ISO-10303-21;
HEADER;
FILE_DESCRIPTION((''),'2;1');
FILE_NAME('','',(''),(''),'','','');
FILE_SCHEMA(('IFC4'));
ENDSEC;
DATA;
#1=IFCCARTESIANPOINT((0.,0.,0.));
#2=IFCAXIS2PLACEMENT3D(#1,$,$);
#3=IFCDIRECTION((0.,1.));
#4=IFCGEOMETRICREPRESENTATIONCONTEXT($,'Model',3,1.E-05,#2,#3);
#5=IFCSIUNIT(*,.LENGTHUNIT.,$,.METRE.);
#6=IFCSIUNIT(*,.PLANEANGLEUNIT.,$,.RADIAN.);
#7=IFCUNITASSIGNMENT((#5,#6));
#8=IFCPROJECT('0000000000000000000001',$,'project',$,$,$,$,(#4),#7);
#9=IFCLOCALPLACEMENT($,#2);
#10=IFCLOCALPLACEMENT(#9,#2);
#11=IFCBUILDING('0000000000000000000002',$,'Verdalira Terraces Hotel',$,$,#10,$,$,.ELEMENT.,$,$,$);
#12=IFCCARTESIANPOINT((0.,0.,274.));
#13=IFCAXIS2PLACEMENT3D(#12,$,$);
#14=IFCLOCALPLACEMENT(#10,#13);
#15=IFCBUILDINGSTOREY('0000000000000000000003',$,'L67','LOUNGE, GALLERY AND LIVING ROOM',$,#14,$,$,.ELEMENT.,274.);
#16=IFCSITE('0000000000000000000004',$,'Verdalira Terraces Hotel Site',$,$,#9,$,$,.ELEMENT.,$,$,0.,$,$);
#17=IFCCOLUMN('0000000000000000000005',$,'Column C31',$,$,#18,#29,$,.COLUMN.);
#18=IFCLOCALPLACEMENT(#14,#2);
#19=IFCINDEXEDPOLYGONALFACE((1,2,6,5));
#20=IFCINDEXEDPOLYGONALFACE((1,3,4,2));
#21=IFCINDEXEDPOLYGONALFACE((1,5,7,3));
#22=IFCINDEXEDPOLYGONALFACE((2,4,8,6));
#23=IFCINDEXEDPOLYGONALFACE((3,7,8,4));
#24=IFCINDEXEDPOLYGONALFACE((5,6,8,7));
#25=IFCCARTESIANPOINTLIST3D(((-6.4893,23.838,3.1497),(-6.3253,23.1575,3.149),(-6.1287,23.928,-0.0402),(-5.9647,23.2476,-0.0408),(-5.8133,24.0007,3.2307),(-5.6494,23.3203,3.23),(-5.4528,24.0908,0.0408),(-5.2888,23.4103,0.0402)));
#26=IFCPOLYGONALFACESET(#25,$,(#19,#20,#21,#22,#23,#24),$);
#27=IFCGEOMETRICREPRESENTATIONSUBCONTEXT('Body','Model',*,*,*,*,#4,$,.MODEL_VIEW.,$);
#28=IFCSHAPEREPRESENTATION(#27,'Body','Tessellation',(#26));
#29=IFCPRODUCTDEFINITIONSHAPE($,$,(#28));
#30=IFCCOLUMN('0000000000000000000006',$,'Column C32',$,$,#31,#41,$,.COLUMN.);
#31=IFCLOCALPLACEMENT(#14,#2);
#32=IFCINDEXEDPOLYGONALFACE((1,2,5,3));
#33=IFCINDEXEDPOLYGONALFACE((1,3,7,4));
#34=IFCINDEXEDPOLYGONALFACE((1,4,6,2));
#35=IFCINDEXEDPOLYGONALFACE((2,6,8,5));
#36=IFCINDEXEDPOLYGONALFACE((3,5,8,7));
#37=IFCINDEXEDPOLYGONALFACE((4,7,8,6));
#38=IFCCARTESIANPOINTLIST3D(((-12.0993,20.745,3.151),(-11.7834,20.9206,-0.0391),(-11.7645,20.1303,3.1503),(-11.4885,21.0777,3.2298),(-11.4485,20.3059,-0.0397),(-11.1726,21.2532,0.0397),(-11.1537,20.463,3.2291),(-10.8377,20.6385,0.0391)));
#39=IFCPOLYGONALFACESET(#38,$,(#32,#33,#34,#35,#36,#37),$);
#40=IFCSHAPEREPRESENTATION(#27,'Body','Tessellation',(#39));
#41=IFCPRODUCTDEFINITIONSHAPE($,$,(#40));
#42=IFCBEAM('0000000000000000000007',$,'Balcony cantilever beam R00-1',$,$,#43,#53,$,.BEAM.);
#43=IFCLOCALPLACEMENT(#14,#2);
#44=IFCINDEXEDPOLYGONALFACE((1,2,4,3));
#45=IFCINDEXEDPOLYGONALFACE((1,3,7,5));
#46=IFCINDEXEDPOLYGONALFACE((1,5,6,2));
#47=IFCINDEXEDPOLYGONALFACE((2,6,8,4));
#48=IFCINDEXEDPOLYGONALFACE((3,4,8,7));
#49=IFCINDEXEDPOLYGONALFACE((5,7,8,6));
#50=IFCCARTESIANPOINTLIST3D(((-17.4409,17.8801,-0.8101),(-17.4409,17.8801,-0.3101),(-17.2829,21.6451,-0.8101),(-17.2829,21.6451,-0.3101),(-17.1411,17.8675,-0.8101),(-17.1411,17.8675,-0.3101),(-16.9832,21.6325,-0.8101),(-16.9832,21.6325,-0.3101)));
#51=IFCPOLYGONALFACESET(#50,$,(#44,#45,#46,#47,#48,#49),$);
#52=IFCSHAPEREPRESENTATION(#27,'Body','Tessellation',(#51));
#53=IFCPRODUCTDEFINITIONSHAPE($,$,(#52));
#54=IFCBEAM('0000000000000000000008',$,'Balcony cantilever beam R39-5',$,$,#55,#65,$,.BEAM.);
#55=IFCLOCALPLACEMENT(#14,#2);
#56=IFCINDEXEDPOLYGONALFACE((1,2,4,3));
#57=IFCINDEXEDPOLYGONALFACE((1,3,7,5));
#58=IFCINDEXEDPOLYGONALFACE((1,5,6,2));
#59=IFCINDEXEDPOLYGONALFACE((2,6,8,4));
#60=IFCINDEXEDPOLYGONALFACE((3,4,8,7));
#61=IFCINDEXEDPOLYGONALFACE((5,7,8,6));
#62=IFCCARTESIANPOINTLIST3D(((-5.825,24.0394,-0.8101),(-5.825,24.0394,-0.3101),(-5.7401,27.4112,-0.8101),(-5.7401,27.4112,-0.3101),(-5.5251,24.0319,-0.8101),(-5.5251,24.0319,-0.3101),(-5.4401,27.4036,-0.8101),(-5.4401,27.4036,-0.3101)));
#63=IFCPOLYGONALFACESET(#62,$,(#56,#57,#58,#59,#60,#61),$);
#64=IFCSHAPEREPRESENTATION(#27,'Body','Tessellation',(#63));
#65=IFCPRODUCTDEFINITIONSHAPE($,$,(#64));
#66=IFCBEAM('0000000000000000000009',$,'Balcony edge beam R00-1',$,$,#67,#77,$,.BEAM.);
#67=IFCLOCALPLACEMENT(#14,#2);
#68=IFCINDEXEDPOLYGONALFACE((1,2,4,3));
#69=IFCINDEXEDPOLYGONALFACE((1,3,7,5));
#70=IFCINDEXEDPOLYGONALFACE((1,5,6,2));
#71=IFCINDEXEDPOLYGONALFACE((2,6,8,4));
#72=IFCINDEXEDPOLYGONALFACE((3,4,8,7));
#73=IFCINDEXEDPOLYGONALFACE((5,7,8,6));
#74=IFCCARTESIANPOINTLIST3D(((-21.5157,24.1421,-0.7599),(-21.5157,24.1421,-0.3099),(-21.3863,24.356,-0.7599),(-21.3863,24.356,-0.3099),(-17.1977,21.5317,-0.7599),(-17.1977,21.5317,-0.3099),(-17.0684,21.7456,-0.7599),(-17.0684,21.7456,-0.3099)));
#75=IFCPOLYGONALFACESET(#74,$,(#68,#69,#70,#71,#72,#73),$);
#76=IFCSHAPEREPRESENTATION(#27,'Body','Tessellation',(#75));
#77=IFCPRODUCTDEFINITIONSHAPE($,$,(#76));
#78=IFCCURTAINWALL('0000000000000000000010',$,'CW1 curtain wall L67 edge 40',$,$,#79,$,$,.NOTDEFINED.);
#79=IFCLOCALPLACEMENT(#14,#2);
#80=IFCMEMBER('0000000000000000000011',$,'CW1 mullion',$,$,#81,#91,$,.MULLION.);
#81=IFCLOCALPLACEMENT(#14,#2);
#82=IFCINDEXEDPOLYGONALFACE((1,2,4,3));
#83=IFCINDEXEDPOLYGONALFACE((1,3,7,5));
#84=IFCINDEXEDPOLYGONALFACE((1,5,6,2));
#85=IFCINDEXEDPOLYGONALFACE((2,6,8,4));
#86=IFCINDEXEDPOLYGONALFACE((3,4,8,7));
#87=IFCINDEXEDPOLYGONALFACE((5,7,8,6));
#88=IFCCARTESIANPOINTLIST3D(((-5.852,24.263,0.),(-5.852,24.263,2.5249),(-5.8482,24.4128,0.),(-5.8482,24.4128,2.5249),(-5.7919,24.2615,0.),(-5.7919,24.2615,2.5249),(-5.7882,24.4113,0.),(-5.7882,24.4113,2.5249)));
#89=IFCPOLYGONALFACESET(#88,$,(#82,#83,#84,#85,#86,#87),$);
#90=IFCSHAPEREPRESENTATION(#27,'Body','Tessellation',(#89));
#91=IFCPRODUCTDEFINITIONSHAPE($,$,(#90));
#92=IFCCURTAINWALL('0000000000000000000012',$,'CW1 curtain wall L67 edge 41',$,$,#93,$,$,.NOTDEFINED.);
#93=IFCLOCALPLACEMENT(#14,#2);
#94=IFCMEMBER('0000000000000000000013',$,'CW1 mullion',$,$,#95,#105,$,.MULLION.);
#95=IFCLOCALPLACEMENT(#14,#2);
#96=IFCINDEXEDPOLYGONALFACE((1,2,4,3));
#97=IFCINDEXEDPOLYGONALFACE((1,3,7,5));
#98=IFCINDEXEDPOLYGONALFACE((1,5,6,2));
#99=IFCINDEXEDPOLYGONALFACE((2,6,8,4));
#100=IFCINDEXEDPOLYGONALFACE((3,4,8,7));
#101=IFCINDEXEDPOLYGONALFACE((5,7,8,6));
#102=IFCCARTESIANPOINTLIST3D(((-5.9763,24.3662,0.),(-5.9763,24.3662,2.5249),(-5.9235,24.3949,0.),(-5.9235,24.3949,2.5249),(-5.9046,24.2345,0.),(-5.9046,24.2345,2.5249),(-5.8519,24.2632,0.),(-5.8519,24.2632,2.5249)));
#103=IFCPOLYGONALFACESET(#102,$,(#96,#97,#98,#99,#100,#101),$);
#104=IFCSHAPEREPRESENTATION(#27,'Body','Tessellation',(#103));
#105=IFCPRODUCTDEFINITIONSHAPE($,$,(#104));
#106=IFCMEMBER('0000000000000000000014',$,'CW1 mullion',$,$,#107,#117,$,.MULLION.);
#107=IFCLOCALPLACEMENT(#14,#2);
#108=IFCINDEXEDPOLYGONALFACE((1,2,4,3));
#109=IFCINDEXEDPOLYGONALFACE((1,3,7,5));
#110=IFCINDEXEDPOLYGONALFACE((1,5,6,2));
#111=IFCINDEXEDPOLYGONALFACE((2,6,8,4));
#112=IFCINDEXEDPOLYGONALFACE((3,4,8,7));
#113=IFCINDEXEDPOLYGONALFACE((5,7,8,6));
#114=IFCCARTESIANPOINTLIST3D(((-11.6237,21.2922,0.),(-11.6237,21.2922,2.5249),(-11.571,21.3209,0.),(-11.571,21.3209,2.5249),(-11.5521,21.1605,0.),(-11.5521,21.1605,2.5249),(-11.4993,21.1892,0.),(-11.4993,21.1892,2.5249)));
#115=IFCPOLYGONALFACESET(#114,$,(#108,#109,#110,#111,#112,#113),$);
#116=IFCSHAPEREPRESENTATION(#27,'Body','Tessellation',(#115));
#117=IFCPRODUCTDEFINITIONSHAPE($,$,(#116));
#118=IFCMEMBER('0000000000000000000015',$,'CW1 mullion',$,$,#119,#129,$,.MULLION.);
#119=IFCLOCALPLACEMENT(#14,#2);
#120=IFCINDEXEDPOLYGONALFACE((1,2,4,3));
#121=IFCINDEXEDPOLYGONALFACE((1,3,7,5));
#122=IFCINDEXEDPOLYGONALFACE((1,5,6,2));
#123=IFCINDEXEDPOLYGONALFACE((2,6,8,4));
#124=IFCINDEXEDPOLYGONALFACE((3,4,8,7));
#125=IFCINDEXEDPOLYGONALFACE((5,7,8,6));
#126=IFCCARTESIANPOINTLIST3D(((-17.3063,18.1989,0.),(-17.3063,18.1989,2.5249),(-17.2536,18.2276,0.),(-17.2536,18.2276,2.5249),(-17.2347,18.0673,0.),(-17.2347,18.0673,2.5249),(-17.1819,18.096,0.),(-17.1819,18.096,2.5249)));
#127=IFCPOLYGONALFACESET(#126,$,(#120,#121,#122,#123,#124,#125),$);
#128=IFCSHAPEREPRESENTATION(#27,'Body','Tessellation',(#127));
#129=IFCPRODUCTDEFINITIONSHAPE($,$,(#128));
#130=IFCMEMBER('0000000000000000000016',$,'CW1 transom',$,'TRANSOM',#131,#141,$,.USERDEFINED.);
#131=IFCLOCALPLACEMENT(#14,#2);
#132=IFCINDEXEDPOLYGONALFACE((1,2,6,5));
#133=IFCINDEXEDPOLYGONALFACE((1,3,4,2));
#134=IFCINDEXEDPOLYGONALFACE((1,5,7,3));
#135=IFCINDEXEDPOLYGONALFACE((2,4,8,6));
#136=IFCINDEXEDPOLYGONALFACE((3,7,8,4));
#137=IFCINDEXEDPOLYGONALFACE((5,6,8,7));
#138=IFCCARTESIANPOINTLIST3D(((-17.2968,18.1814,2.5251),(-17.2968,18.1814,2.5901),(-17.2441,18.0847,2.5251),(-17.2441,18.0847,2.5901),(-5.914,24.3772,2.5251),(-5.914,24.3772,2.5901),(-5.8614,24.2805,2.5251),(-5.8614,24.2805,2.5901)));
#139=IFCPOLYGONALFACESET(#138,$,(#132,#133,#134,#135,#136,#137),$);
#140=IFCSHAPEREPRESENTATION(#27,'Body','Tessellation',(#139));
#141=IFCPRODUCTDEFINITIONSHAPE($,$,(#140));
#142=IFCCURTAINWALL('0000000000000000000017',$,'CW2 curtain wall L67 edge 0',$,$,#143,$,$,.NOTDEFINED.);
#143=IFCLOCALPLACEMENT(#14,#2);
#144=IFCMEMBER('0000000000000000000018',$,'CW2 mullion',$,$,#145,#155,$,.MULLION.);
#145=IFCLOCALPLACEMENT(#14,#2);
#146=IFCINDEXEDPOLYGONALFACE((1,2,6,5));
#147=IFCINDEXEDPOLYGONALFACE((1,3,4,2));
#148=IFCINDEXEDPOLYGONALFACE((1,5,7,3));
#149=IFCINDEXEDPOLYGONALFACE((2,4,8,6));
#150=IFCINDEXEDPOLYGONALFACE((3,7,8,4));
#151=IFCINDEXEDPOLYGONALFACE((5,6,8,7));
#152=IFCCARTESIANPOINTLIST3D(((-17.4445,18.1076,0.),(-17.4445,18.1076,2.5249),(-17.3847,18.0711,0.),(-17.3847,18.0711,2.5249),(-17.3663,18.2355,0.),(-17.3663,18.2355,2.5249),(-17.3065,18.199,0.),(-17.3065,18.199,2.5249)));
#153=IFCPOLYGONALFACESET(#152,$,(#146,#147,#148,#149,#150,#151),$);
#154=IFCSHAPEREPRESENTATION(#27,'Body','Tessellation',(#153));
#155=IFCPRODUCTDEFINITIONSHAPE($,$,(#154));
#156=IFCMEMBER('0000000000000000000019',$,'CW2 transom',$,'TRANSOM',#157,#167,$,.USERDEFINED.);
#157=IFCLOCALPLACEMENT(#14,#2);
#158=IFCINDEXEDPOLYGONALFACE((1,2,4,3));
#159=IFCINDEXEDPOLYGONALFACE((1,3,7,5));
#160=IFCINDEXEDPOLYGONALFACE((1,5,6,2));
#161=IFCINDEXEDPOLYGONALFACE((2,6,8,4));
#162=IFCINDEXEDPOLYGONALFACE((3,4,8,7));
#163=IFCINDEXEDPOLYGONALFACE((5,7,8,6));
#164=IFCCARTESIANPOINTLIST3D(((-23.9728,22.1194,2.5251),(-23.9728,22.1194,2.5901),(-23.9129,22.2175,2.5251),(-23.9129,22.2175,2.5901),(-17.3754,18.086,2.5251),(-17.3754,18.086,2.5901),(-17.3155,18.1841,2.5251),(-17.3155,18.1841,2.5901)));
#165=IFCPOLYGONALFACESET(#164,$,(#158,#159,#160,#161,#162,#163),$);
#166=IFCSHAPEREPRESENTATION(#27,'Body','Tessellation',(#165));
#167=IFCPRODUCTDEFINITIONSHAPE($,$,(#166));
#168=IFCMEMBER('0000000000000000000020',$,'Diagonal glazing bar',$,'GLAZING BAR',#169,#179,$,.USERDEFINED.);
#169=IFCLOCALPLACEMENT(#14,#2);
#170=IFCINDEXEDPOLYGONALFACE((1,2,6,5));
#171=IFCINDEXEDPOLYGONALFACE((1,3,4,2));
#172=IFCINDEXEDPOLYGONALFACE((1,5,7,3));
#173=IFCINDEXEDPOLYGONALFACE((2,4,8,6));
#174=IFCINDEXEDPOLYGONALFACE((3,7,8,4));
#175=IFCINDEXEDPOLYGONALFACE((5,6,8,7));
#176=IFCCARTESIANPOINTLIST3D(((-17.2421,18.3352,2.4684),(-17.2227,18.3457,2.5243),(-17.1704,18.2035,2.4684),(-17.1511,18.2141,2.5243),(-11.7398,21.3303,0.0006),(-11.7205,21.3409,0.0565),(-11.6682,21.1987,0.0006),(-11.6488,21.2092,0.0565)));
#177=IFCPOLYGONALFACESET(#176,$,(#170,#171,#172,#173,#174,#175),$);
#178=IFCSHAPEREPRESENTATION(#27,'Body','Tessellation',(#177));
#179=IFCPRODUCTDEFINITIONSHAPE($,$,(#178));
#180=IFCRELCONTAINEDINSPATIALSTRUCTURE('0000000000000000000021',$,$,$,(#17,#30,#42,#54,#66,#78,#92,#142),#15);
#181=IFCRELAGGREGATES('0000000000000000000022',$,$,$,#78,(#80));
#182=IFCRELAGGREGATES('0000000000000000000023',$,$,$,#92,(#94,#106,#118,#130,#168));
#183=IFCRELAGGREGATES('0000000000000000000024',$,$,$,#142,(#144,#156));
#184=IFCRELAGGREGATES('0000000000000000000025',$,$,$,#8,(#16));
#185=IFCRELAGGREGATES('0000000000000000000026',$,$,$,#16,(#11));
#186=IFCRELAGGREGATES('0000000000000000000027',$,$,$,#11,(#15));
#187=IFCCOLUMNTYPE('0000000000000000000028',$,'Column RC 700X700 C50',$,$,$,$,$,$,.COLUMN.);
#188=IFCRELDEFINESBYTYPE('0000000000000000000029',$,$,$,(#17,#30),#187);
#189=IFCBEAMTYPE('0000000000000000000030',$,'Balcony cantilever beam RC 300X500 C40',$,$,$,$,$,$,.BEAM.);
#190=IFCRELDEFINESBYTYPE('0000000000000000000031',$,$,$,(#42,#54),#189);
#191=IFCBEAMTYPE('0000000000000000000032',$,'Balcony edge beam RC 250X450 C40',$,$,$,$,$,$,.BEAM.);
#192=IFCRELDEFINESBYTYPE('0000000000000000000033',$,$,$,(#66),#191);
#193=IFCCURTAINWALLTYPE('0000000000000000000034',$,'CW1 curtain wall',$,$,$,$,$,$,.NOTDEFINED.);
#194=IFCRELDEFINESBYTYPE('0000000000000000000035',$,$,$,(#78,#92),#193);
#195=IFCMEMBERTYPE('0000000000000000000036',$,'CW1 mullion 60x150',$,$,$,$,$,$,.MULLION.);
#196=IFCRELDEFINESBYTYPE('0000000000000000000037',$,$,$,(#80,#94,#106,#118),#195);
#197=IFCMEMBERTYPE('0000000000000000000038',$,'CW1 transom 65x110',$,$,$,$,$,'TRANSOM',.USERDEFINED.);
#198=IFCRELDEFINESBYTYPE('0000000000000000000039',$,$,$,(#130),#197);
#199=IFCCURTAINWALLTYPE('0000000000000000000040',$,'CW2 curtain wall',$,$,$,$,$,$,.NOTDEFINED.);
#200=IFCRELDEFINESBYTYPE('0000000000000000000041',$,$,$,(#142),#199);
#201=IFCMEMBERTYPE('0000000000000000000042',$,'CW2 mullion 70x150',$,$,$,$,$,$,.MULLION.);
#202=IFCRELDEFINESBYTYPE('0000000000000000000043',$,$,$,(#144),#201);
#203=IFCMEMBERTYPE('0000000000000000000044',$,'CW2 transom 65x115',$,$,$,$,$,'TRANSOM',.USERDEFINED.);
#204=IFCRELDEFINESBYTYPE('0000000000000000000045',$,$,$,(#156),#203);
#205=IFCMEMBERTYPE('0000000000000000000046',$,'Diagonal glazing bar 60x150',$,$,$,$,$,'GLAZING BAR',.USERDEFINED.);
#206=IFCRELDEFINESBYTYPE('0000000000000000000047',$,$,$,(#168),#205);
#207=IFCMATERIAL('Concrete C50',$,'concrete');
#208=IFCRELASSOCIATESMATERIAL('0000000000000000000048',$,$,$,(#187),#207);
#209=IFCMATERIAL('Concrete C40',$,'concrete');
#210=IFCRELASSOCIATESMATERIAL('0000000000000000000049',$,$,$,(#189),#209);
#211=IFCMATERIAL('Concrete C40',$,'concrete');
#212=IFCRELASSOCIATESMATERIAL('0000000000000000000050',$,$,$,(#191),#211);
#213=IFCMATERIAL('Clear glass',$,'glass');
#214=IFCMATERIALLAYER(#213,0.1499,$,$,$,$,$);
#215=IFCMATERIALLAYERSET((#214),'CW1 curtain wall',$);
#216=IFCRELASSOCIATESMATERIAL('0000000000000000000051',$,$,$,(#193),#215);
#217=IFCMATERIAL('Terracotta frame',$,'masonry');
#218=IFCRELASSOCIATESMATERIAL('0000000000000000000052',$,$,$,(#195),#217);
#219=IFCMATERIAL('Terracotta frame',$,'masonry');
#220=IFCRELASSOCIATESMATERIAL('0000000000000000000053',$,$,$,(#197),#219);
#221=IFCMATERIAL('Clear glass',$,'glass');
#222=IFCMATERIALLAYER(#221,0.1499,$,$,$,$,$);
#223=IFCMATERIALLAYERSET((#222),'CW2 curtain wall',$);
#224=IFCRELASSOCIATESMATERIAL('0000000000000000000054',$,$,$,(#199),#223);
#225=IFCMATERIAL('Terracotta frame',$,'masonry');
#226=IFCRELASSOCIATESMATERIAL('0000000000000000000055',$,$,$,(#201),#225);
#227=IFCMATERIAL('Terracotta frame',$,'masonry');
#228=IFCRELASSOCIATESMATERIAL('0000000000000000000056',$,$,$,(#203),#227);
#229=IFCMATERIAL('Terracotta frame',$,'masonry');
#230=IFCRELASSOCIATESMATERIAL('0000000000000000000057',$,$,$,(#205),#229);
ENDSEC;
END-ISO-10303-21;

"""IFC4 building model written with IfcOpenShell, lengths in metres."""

from ifc_helpers import new_model, si_unit, direction, frame, origin, origin_2d, place, context, subcontext, project, spatial, rectangle, extrude, material, layer, layer_set, material_profile, profile_set, type_object, element, aggregate, save


model = new_model("IFC4")

# Units and contexts
model_context = context("Model", 3, precision=1e-05, world=origin(), true_north=direction((0.0, 1.0)))
body_context = subcontext(model_context, "Body", "Model", "MODEL_VIEW")
ifc_project = project(units=[si_unit("LENGTHUNIT", "METRE"), si_unit("PLANEANGLEUNIT", "RADIAN")], contexts=[model_context])

# Site, building, storey
site_placement = place(None, origin())
site = spatial("IfcSite", under=ifc_project, at=site_placement, Name="Verdalira Terraces Hotel Site", CompositionType="ELEMENT", RefElevation=0.0)
building_placement = place(site_placement, origin())
building = spatial("IfcBuilding", under=site, at=building_placement, Name="Verdalira Terraces Hotel", CompositionType="ELEMENT")
storey_placement = place(building_placement, frame((0.0, 0.0, 274.0)))
storey = spatial("IfcBuildingStorey", under=building, at=storey_placement, Name="L67", Description="LOUNGE, GALLERY AND LIVING ROOM", CompositionType="ELEMENT", Elevation=274.0)

# Columns
ifc_material_1 = material(Name="Concrete C50", Category="concrete")
ifc_material_profile_1 = material_profile(ifc_material_1, rectangle(XDim=0.7, YDim=0.7, at=origin_2d()), Name="RC 700X700")
ifc_profile_set_1 = profile_set([ifc_material_profile_1], Name="Concrete C50")
column_type = type_object("IfcColumnType", Name="Column RC 700X700 C50", PredefinedType="COLUMN", material=ifc_profile_set_1)
column_1_placement = place(storey_placement, frame((-5.7087, 23.6692, 0.0), z_axis=(-0.112282, -0.028051, 0.99328), x_axis=(0.965672, 0.232562, 0.115729)))
element("IfcColumn", 1, at=column_1_placement, inside=storey, type_object=column_type, Name="Column C31", PredefinedType="COLUMN", context=body_context, shape_type="SweptSolid", body=[
    extrude(rectangle(XDim=0.7, YDim=0.7, at=origin_2d()), origin(), (0.0, 0.0, 1.0), 3.2114),
])
column_2_placement = place(storey_placement, frame((-11.3105, 20.7795, 0.0), z_axis=(-0.098406, -0.054679, 0.993643), x_axis=(-0.872633, -0.475225, -0.112573)))
element("IfcColumn", 2, at=column_2_placement, inside=storey, type_object=column_type, Name="Column C32", PredefinedType="COLUMN", context=body_context, shape_type="SweptSolid", body=[
    extrude(rectangle(XDim=0.7, YDim=0.7, at=origin_2d()), origin(), (0.0, 0.0, 1.0), 3.2104),
])

# Beams
ifc_material_2 = material(Name="Concrete C40", Category="concrete")
ifc_material_profile_2 = material_profile(ifc_material_2, rectangle(XDim=0.3, YDim=0.5, at=origin_2d()), Name="RC 300X500")
ifc_profile_set_2 = profile_set([ifc_material_profile_2], Name="Concrete C40")
beam_type_1 = type_object("IfcBeamType", Name="Balcony cantilever beam RC 300X500 C40", PredefinedType="BEAM", material=ifc_profile_set_2)
beam_1_placement = place(storey_placement, frame((-17.291, 17.8738, -0.5601), z_axis=(0.041919, 0.999121, 0.0), x_axis=(-0.999121, 0.041919, 0.0)))
element("IfcBeam", 3, at=beam_1_placement, inside=storey, type_object=beam_type_1, Name="Balcony cantilever beam R00-1", PredefinedType="BEAM", context=body_context, shape_type="SweptSolid", body=[
    extrude(rectangle(XDim=0.3, YDim=0.5, at=origin_2d()), origin(), (0.0, 0.0, 1.0), 3.7683),
])
beam_2_placement = place(storey_placement, frame((-5.675, 24.0356, -0.5601), z_axis=(0.025189, 0.999683, 0.0), x_axis=(-0.999683, 0.025189, 0.0)))
element("IfcBeam", 4, at=beam_2_placement, inside=storey, type_object=beam_type_1, Name="Balcony cantilever beam R39-5", PredefinedType="BEAM", context=body_context, shape_type="SweptSolid", body=[
    extrude(rectangle(XDim=0.3, YDim=0.5, at=origin_2d()), origin(), (0.0, 0.0, 1.0), 3.3728),
])
ifc_material_3 = material(Name="Concrete C40", Category="concrete")
ifc_material_profile_3 = material_profile(ifc_material_3, rectangle(XDim=0.25, YDim=0.45, at=origin_2d()), Name="RC 250X450")
ifc_profile_set_3 = profile_set([ifc_material_profile_3], Name="Concrete C40")
beam_type_2 = type_object("IfcBeamType", Name="Balcony edge beam RC 250X450 C40", PredefinedType="BEAM", material=ifc_profile_set_3)
beam_3_placement = place(storey_placement, frame((-17.1331, 21.6387, -0.5349), z_axis=(-0.855772, 0.517353, 0.0), x_axis=(-0.517353, -0.855772, 0.0)))
element("IfcBeam", 5, at=beam_3_placement, inside=storey, type_object=beam_type_2, Name="Balcony edge beam R00-1", PredefinedType="BEAM", context=body_context, shape_type="SweptSolid", body=[
    extrude(rectangle(XDim=0.25, YDim=0.45, at=origin_2d()), origin(), (0.0, 0.0, 1.0), 5.0457),
])

# Curtain wall, member
ifc_material_4 = material(Name="Clear glass", Category="glass")
ifc_layer_1 = layer(ifc_material_4, 0.1499)
ifc_layer_set_1 = layer_set([ifc_layer_1], Name="CW1 curtain wall")
curtain_wall_type_1 = type_object("IfcCurtainWallType", Name="CW1 curtain wall", PredefinedType="NOTDEFINED", material=ifc_layer_set_1)
curtain_wall_1_placement = place(storey_placement, origin())
curtain_wall_1 = element("IfcCurtainWall", 6, at=curtain_wall_1_placement, inside=storey, type_object=curtain_wall_type_1, Name="CW1 curtain wall L67 edge 40", PredefinedType="NOTDEFINED")
ifc_material_5 = material(Name="Terracotta frame", Category="masonry")
ifc_material_profile_4 = material_profile(ifc_material_5, rectangle(XDim=0.0601, YDim=0.1499, at=origin_2d()), Name="MU 60x150")
ifc_profile_set_4 = profile_set([ifc_material_profile_4], Name="Terracotta frame")
member_type_1 = type_object("IfcMemberType", Name="CW1 mullion 60x150", PredefinedType="MULLION", material=ifc_profile_set_4)
member_1_placement = place(storey_placement, frame((-5.8201, 24.3372, 0.0), z_axis=(0.0, 0.0, 1.0), x_axis=(-0.999684, 0.02513, 0.0)))
member_1 = element("IfcMember", 7, at=member_1_placement, type_object=member_type_1, Name="CW1 mullion", PredefinedType="MULLION", context=body_context, shape_type="SweptSolid", body=[
    extrude(rectangle(XDim=0.0601, YDim=0.1499, at=origin_2d()), origin(), (0.0, 0.0, 1.0), 2.5249),
])
aggregate(curtain_wall_1, [member_1])

# Curtain walls, members
curtain_wall_2_placement = place(storey_placement, origin())
curtain_wall_2 = element("IfcCurtainWall", 8, at=curtain_wall_2_placement, inside=storey, type_object=curtain_wall_type_1, Name="CW1 curtain wall L67 edge 41", PredefinedType="NOTDEFINED")
member_2_placement = place(storey_placement, frame((-5.9141, 24.3147, 0.0), z_axis=(0.0, 0.0, 1.0), x_axis=(-0.878317, -0.478079, 0.0)))
member_2 = element("IfcMember", 9, at=member_2_placement, type_object=member_type_1, Name="CW1 mullion", PredefinedType="MULLION", context=body_context, shape_type="SweptSolid", body=[
    extrude(rectangle(XDim=0.0601, YDim=0.1499, at=origin_2d()), origin(), (0.0, 0.0, 1.0), 2.5249),
])
member_3_placement = place(storey_placement, frame((-11.5615, 21.2407, 0.0), z_axis=(0.0, 0.0, 1.0), x_axis=(-0.878317, -0.478079, 0.0)))
member_3 = element("IfcMember", 10, at=member_3_placement, type_object=member_type_1, Name="CW1 mullion", PredefinedType="MULLION", context=body_context, shape_type="SweptSolid", body=[
    extrude(rectangle(XDim=0.0601, YDim=0.1499, at=origin_2d()), origin(), (0.0, 0.0, 1.0), 2.5249),
])
member_4_placement = place(storey_placement, frame((-17.2441, 18.1475, 0.0), z_axis=(0.0, 0.0, 1.0), x_axis=(-0.878317, -0.478079, 0.0)))
member_4 = element("IfcMember", 11, at=member_4_placement, type_object=member_type_1, Name="CW1 mullion", PredefinedType="MULLION", context=body_context, shape_type="SweptSolid", body=[
    extrude(rectangle(XDim=0.0601, YDim=0.1499, at=origin_2d()), origin(), (0.0, 0.0, 1.0), 2.5249),
])
ifc_material_6 = material(Name="Terracotta frame", Category="masonry")
ifc_material_profile_5 = material_profile(ifc_material_6, rectangle(XDim=0.1101, YDim=0.0649, at=origin_2d()), Name="TR 65x110")
ifc_profile_set_5 = profile_set([ifc_material_profile_5], Name="Terracotta frame")
member_type_2 = type_object("IfcMemberType", Name="CW1 transom 65x110", ElementType="TRANSOM", PredefinedType="USERDEFINED", material=ifc_profile_set_5)
member_5_placement = place(storey_placement, frame((-5.8877, 24.3289, 2.5576), z_axis=(-0.878317, -0.478078, 0.0), x_axis=(0.478078, -0.878317, 0.0)))
member_5 = element("IfcMember", 12, at=member_5_placement, type_object=member_type_2, Name="CW1 transom", ObjectType="TRANSOM", PredefinedType="USERDEFINED", context=body_context, shape_type="SweptSolid", body=[
    extrude(rectangle(XDim=0.1101, YDim=0.0649, at=origin_2d()), origin(), (0.0, 0.0, 1.0), 12.9597),
])
ifc_material_7 = material(Name="Clear glass", Category="glass")
ifc_layer_2 = layer(ifc_material_7, 0.1499)
ifc_layer_set_2 = layer_set([ifc_layer_2], Name="CW2 curtain wall")
curtain_wall_type_2 = type_object("IfcCurtainWallType", Name="CW2 curtain wall", PredefinedType="NOTDEFINED", material=ifc_layer_set_2)
curtain_wall_3_placement = place(storey_placement, origin())
curtain_wall_3 = element("IfcCurtainWall", 13, at=curtain_wall_3_placement, inside=storey, type_object=curtain_wall_type_2, Name="CW2 curtain wall L67 edge 0", PredefinedType="NOTDEFINED")
ifc_material_8 = material(Name="Terracotta frame", Category="masonry")
ifc_material_profile_6 = material_profile(ifc_material_8, rectangle(XDim=0.0701, YDim=0.1499, at=origin_2d()), Name="MU 70x150")
ifc_profile_set_6 = profile_set([ifc_material_profile_6], Name="Terracotta frame")
member_type_3 = type_object("IfcMemberType", Name="CW2 mullion 70x150", PredefinedType="MULLION", material=ifc_profile_set_6)
member_6_placement = place(storey_placement, frame((-17.3755, 18.1533, 0.0), z_axis=(0.0, 0.0, 1.0), x_axis=(-0.853187, 0.521605, 0.0)))
member_6 = element("IfcMember", 14, at=member_6_placement, type_object=member_type_3, Name="CW2 mullion", PredefinedType="MULLION", context=body_context, shape_type="SweptSolid", body=[
    extrude(rectangle(XDim=0.0701, YDim=0.1499, at=origin_2d()), origin(), (0.0, 0.0, 1.0), 2.5249),
])
ifc_material_9 = material(Name="Terracotta frame", Category="masonry")
ifc_material_profile_7 = material_profile(ifc_material_9, rectangle(XDim=0.115, YDim=0.0649, at=origin_2d()), Name="TR 65x115")
ifc_profile_set_7 = profile_set([ifc_material_profile_7], Name="Terracotta frame")
member_type_4 = type_object("IfcMemberType", Name="CW2 transom 65x115", ElementType="TRANSOM", PredefinedType="USERDEFINED", material=ifc_profile_set_7)
member_7_placement = place(storey_placement, frame((-17.3455, 18.135, 2.5576), z_axis=(-0.853184, 0.52161, 0.0), x_axis=(-0.52161, -0.853184, 0.0)))
member_7 = element("IfcMember", 15, at=member_7_placement, type_object=member_type_4, Name="CW2 transom", ObjectType="TRANSOM", PredefinedType="USERDEFINED", context=body_context, shape_type="SweptSolid", body=[
    extrude(rectangle(XDim=0.115, YDim=0.0649, at=origin_2d()), origin(), (0.0, 0.0, 1.0), 7.7327),
])

# Member
ifc_material_10 = material(Name="Terracotta frame", Category="masonry")
ifc_material_profile_8 = material_profile(ifc_material_10, rectangle(XDim=0.1499, YDim=0.0601, at=origin_2d()), Name="GB 60x150")
ifc_profile_set_8 = profile_set([ifc_material_profile_8], Name="Terracotta frame")
member_type_5 = type_object("IfcMemberType", Name="Diagonal glazing bar 60x150", ElementType="GLAZING BAR", PredefinedType="USERDEFINED", material=ifc_profile_set_8)
member_8_placement = place(storey_placement, frame((-11.6943, 21.2698, 0.0286), z_axis=(-0.817185, -0.444834, 0.366513), x_axis=(0.478104, -0.878303, 0.0)))
member_8 = element("IfcMember", 16, at=member_8_placement, type_object=member_type_5, Name="Diagonal glazing bar", ObjectType="GLAZING BAR", PredefinedType="USERDEFINED", context=body_context, shape_type="SweptSolid", body=[
    extrude(rectangle(XDim=0.1499, YDim=0.0601, at=origin_2d()), origin(), (0.0, 0.0, 1.0), 6.7332),
])

aggregate(curtain_wall_2, [member_2, member_3, member_4, member_5, member_8])
aggregate(curtain_wall_3, [member_6, member_7])

save(model, "model.ifc")
